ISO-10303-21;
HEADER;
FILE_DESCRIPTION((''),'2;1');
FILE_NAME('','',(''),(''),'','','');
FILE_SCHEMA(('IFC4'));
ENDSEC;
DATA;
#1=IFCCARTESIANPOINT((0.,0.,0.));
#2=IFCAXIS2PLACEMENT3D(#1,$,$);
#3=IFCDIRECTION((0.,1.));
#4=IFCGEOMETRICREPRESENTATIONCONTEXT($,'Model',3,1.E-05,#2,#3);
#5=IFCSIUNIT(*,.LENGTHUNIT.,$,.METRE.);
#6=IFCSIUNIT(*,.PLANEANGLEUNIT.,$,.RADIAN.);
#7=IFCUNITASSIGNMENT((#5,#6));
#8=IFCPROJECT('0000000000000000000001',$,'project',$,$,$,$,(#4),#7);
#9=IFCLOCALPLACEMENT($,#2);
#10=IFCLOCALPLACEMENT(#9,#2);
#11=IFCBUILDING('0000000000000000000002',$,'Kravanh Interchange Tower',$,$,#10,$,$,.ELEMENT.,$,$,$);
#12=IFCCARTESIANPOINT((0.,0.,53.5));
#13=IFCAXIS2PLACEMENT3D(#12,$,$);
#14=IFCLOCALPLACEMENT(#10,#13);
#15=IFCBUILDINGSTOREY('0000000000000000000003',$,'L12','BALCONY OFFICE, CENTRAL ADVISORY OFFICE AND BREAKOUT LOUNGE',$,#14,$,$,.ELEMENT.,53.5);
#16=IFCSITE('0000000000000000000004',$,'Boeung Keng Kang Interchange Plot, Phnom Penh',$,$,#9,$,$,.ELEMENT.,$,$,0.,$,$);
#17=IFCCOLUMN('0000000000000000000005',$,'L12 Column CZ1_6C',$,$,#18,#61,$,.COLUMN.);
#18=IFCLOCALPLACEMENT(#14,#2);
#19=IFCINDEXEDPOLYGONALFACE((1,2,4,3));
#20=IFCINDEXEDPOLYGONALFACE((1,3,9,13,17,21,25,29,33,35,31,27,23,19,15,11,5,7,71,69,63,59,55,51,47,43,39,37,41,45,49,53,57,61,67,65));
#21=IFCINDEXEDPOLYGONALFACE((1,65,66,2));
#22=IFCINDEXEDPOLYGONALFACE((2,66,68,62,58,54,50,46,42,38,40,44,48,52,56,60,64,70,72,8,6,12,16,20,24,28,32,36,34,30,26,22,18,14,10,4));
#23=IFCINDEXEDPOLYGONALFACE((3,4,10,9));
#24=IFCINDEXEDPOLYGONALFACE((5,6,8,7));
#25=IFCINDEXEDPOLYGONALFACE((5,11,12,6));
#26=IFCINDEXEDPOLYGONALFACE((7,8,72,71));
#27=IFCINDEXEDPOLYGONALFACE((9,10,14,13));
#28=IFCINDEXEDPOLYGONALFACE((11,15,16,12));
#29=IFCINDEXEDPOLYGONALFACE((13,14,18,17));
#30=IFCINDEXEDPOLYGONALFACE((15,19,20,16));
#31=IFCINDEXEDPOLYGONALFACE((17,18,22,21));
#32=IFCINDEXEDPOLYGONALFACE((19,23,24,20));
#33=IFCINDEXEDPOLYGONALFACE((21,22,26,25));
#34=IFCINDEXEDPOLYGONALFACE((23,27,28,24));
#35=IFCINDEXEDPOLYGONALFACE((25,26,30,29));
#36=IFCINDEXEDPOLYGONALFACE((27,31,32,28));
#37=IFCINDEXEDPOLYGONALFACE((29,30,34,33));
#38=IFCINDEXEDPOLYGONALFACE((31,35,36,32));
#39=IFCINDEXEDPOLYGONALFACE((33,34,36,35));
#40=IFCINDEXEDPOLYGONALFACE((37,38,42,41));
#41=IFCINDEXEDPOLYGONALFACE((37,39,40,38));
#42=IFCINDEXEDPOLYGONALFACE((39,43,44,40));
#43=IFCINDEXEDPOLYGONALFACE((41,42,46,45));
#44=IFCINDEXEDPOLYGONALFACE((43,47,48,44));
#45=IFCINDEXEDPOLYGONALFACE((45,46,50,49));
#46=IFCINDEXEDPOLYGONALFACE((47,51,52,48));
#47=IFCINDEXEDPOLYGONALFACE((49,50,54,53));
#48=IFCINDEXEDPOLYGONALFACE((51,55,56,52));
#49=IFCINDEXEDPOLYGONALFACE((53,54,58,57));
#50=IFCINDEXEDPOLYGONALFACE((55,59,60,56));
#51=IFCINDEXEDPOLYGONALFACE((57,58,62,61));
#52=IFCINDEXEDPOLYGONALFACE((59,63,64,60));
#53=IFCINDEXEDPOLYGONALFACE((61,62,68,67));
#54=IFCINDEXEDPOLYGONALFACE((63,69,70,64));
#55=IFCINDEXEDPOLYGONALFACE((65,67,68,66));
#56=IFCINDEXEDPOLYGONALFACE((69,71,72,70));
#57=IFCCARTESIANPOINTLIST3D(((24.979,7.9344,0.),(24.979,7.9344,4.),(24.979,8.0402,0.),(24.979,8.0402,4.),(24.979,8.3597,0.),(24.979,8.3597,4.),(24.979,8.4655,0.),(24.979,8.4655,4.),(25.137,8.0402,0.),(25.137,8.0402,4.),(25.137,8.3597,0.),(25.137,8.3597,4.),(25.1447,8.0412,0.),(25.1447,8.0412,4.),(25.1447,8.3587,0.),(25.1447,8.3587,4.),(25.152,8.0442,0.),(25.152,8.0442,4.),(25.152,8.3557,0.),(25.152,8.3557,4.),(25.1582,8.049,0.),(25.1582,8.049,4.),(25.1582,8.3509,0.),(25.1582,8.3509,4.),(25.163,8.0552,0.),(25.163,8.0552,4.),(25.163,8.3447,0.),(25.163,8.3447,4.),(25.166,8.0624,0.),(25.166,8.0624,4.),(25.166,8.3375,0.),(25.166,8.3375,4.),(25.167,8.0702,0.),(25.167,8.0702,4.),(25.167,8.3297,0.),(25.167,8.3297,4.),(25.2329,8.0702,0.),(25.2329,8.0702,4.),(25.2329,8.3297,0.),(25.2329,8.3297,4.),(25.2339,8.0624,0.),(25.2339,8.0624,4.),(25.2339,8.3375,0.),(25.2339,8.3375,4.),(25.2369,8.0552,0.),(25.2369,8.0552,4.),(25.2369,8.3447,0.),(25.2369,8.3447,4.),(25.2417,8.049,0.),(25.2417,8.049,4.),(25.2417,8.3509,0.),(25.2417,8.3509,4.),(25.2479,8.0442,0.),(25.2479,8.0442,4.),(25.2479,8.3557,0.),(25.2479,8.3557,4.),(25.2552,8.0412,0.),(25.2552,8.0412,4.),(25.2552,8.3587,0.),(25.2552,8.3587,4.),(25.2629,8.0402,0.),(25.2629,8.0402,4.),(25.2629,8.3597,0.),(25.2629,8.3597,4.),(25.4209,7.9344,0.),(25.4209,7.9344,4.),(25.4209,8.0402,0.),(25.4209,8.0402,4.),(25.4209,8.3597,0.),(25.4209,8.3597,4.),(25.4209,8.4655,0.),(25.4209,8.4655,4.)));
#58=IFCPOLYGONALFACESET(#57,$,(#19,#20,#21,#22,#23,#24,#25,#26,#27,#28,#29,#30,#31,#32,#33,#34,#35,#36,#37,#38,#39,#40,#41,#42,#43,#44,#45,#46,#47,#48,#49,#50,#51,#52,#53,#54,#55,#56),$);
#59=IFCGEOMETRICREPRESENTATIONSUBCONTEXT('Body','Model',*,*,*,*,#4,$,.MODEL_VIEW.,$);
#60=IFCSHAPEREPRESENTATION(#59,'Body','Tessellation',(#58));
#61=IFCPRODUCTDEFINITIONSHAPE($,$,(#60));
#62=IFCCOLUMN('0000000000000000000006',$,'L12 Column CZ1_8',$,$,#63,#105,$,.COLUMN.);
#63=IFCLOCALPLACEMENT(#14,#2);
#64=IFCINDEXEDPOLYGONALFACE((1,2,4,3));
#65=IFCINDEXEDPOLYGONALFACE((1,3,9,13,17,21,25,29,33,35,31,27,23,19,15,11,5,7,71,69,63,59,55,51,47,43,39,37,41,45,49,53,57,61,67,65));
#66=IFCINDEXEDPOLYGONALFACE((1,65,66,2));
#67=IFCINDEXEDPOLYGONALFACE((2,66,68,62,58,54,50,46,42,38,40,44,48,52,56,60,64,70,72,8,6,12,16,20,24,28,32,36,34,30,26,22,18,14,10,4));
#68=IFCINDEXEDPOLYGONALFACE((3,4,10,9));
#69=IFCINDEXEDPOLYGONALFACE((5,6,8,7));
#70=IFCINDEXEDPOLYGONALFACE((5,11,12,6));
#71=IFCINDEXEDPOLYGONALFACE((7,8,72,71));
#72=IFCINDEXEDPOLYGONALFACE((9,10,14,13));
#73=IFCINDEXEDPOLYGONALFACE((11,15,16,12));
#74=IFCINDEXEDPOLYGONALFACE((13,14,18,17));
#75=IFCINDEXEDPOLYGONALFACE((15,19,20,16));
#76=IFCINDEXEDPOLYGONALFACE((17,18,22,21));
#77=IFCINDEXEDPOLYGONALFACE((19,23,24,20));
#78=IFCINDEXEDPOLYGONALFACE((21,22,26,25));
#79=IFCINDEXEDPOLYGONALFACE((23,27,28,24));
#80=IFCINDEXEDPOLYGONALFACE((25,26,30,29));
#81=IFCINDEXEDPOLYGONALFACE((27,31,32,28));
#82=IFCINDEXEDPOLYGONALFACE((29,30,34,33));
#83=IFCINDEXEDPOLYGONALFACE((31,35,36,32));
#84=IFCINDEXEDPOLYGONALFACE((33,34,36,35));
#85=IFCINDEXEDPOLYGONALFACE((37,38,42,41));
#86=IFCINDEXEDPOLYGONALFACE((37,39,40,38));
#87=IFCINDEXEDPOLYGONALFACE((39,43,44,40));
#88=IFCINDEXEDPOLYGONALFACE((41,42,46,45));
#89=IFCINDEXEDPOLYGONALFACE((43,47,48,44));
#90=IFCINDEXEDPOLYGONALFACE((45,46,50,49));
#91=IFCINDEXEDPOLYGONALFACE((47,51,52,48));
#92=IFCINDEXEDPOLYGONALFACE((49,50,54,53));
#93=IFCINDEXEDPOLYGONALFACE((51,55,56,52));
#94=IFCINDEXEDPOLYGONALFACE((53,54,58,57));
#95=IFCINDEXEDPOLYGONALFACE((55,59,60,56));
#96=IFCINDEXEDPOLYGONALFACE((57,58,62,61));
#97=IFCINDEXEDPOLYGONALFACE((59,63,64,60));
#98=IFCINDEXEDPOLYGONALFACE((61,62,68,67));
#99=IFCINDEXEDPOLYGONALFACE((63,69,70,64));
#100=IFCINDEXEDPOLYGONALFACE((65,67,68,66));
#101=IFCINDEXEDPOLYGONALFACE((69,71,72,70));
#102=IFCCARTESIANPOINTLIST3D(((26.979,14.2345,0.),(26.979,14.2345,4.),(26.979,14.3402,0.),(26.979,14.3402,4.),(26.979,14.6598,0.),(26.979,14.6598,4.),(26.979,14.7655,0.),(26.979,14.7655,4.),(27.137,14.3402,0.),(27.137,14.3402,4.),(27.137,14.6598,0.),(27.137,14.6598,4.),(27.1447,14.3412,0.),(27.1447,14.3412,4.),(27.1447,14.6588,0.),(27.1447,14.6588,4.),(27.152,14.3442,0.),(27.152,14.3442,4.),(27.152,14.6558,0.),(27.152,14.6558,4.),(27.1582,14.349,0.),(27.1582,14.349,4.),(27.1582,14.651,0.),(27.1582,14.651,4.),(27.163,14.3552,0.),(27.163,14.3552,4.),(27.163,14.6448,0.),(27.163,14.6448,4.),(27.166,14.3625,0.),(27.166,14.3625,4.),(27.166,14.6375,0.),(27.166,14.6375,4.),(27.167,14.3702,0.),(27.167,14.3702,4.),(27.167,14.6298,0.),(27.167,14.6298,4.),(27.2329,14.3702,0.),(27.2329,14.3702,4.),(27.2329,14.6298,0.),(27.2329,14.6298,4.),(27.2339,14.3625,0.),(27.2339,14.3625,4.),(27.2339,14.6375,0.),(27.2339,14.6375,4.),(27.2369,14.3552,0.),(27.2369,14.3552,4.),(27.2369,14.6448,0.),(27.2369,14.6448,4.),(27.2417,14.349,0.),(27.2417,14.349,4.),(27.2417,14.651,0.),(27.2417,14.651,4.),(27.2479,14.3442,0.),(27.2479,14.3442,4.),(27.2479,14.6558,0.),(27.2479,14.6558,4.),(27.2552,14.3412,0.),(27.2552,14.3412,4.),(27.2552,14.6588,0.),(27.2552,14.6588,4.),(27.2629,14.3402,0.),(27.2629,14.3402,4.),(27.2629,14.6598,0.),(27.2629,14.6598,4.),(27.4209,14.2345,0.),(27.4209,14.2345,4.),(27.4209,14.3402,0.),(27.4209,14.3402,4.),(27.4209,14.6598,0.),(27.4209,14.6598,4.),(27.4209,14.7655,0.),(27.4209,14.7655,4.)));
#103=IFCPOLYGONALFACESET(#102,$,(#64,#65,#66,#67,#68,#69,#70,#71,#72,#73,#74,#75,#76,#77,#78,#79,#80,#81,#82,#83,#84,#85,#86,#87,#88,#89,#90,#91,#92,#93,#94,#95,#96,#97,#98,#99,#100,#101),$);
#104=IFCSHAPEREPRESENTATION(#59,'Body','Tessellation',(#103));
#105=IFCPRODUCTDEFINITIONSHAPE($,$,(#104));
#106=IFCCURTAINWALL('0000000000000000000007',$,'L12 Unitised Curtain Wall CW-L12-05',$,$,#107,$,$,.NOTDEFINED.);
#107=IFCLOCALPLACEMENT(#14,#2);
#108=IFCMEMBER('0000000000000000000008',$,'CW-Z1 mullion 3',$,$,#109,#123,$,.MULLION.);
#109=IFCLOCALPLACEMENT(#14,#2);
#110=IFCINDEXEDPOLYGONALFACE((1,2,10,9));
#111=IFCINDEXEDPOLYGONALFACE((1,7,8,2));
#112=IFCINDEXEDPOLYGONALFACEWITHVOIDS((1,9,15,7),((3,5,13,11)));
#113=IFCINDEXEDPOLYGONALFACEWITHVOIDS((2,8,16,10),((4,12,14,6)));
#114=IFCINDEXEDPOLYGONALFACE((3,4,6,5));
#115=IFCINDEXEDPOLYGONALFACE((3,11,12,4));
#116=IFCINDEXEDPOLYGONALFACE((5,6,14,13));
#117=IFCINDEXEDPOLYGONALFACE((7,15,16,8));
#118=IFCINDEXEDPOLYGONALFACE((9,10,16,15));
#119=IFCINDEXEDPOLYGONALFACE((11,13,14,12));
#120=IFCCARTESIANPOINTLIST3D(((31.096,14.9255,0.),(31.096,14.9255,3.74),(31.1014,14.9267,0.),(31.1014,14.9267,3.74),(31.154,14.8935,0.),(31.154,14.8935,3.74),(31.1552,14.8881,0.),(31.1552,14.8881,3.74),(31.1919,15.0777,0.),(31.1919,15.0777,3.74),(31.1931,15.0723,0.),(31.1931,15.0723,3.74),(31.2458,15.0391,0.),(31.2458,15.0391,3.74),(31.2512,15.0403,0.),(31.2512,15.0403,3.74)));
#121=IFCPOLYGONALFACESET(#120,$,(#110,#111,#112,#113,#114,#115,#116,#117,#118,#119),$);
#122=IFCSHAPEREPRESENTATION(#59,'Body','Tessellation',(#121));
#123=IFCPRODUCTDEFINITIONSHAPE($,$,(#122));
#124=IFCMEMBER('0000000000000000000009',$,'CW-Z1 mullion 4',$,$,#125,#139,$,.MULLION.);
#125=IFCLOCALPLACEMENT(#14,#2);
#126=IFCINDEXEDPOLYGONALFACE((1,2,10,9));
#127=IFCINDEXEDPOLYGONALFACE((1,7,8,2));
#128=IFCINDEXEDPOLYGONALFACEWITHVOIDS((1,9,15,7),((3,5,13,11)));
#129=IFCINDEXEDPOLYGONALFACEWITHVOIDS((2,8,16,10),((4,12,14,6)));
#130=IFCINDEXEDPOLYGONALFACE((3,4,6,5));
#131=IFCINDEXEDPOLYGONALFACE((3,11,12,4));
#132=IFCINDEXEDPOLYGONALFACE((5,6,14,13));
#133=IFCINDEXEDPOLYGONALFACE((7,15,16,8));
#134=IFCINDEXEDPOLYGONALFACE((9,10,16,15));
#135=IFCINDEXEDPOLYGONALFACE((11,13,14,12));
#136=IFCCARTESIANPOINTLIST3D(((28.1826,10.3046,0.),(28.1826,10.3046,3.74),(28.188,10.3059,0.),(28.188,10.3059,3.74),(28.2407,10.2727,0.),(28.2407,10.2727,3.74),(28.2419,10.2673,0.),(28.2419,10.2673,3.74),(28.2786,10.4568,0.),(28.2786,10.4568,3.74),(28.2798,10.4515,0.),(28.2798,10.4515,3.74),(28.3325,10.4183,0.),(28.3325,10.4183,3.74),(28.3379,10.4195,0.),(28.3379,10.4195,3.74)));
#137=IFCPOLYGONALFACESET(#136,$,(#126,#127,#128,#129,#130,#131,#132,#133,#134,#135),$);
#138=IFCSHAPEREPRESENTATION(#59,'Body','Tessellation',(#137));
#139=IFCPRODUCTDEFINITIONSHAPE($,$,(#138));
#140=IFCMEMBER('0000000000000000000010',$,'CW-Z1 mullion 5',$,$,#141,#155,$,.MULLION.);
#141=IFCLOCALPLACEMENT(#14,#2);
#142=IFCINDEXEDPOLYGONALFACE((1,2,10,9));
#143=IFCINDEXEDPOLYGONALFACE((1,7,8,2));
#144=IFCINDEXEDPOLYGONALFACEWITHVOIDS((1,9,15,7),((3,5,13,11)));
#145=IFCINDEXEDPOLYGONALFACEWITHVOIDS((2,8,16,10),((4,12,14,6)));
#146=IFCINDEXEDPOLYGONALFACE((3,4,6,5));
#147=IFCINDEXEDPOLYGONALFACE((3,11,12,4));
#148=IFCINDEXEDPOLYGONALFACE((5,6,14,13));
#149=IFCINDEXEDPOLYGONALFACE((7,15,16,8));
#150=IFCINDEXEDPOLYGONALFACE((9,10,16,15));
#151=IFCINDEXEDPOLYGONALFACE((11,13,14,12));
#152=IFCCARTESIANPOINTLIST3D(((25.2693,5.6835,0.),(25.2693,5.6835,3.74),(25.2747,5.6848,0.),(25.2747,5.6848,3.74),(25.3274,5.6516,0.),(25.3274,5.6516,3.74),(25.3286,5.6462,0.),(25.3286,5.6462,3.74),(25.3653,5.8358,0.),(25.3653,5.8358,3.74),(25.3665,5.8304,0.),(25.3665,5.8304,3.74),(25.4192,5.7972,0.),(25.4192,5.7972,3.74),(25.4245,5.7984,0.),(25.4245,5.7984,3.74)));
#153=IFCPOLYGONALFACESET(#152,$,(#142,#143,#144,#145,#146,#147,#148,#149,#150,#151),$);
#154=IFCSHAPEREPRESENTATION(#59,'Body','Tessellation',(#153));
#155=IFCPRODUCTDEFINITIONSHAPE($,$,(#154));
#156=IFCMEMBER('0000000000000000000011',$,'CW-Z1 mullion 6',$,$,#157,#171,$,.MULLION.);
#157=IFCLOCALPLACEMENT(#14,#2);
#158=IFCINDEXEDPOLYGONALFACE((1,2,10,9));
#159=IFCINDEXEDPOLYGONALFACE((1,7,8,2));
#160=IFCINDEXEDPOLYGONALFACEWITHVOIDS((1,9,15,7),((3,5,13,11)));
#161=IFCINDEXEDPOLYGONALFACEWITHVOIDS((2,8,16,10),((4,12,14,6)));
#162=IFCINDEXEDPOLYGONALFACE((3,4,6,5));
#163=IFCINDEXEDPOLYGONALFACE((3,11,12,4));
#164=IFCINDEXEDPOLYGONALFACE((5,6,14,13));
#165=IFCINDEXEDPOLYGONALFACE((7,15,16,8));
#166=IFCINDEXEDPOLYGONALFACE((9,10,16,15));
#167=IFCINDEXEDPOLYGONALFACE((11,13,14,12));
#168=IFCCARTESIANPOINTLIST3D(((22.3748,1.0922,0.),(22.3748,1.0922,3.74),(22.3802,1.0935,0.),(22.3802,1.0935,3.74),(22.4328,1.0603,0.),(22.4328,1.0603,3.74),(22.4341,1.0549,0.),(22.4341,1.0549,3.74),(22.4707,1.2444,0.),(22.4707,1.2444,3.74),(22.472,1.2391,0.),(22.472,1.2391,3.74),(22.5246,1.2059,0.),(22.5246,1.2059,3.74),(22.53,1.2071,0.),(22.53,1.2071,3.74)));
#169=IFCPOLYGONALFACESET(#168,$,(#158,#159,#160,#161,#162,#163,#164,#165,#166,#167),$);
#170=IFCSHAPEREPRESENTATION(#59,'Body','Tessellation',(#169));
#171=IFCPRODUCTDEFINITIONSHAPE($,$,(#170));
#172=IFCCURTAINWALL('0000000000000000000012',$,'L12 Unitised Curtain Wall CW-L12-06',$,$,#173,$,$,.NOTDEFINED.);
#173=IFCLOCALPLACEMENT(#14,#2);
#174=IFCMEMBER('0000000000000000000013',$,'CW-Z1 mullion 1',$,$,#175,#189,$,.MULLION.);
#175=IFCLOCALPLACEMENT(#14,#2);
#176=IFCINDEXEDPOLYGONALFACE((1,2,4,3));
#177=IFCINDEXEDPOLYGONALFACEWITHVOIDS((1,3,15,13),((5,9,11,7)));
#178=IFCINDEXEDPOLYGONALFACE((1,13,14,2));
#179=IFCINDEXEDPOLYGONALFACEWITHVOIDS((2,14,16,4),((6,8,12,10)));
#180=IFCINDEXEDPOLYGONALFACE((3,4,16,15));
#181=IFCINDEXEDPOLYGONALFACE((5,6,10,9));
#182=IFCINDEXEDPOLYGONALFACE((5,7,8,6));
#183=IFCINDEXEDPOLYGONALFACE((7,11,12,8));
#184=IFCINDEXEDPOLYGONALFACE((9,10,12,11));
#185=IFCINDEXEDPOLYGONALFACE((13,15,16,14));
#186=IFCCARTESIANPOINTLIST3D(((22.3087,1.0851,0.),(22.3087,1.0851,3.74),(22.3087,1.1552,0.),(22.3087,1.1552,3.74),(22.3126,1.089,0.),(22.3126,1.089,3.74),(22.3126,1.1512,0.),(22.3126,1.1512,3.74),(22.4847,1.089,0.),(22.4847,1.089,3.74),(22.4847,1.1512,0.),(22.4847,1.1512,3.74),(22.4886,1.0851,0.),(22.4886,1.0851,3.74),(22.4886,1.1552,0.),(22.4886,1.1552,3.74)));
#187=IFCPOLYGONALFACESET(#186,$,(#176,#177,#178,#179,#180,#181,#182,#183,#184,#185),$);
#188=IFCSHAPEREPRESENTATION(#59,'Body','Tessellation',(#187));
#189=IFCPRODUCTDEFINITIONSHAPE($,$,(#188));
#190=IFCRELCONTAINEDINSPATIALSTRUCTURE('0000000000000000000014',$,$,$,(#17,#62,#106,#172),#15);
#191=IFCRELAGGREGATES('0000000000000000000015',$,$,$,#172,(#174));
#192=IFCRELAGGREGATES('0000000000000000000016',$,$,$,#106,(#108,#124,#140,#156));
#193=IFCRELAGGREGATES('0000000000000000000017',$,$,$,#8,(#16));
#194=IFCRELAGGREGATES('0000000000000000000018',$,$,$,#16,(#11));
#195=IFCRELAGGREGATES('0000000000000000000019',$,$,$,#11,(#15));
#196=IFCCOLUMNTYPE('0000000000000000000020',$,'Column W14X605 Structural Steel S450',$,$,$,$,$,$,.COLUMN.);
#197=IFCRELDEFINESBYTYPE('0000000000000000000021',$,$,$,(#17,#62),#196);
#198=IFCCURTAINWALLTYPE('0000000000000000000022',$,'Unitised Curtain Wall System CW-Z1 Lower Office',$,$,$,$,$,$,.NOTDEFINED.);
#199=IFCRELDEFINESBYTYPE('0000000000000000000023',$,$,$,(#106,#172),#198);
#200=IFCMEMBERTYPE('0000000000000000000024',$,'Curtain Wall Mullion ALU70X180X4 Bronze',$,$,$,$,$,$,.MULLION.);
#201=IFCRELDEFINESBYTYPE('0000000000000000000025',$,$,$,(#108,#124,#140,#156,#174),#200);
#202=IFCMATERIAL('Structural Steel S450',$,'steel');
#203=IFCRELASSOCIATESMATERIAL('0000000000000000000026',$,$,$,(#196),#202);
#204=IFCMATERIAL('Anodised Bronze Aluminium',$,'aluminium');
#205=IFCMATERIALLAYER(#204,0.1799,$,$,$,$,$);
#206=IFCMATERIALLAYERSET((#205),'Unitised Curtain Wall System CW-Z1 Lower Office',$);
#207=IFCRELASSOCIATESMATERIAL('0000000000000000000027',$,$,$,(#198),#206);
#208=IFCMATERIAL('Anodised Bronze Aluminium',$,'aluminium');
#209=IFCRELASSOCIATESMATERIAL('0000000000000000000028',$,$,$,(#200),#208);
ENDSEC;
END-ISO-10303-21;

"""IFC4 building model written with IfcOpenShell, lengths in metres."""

from ifc_helpers import new_model, si_unit, direction, frame, origin, origin_2d, place, context, subcontext, project, spatial, hollow_rectangle, i_section, extrude, material, layer, layer_set, material_profile, profile_set, type_object, element, aggregate, save


model = new_model("IFC4")

# Units and contexts
model_context = context("Model", 3, precision=1e-05, world=origin(), true_north=direction((0.0, 1.0)))
body_context = subcontext(model_context, "Body", "Model", "MODEL_VIEW")
ifc_project = project(units=[si_unit("LENGTHUNIT", "METRE"), si_unit("PLANEANGLEUNIT", "RADIAN")], contexts=[model_context])

# Site, building, storey
site_placement = place(None, origin())
site = spatial("IfcSite", under=ifc_project, at=site_placement, Name="Boeung Keng Kang Interchange Plot, Phnom Penh", CompositionType="ELEMENT", RefElevation=0.0)
building_placement = place(site_placement, origin())
building = spatial("IfcBuilding", under=site, at=building_placement, Name="Kravanh Interchange Tower", CompositionType="ELEMENT")
storey_placement = place(building_placement, frame((0.0, 0.0, 53.5)))
storey = spatial("IfcBuildingStorey", under=building, at=storey_placement, Name="L12", Description="BALCONY OFFICE, CENTRAL ADVISORY OFFICE AND BREAKOUT LOUNGE", CompositionType="ELEMENT", Elevation=53.5)

# Columns
ifc_material_1 = material(Name="Structural Steel S450", Category="steel")
ifc_material_profile_1 = material_profile(ifc_material_1, i_section(OverallWidth=0.4419, OverallDepth=0.531, WebThickness=0.0659, FlangeThickness=0.1057, FilletRadius=0.03, at=origin_2d()), Name="W14X605")
ifc_profile_set_1 = profile_set([ifc_material_profile_1], Name="Structural Steel S450")
column_type = type_object("IfcColumnType", Name="Column W14X605 Structural Steel S450", PredefinedType="COLUMN", material=ifc_profile_set_1)
for number, where, z_axis, x_axis, name in (
    (1, (25.2, 8.2, 0.0), (0.0, 0.0, 1.0), (1.0, 0.0, 0.0), "L12 Column CZ1_6C"),
    (2, (27.2, 14.5, 0.0), (0.0, 0.0, 1.0), (1.0, 0.0, 0.0), "L12 Column CZ1_8"),
):
    element("IfcColumn", number, at=place(storey_placement, frame(where, z_axis=z_axis, x_axis=x_axis)), inside=storey, type_object=column_type, Name=name, PredefinedType="COLUMN", context=body_context, shape_type="SweptSolid", body=[
        extrude(i_section(OverallWidth=0.4419, OverallDepth=0.531, WebThickness=0.0659, FlangeThickness=0.1057, FilletRadius=0.03, at=origin_2d()), origin(), (0.0, 0.0, 1.0), 4.0),
    ])

# Curtain wall, members
ifc_material_2 = material(Name="Anodised Bronze Aluminium", Category="aluminium")
ifc_layer_1 = layer(ifc_material_2, 0.1799)
ifc_layer_set_1 = layer_set([ifc_layer_1], Name="Unitised Curtain Wall System CW-Z1 Lower Office")
curtain_wall_type = type_object("IfcCurtainWallType", Name="Unitised Curtain Wall System CW-Z1 Lower Office", PredefinedType="NOTDEFINED", material=ifc_layer_set_1)
curtain_wall_1_placement = place(storey_placement, origin())
curtain_wall_1 = element("IfcCurtainWall", 3, at=curtain_wall_1_placement, inside=storey, type_object=curtain_wall_type, Name="L12 Unitised Curtain Wall CW-L12-05", PredefinedType="NOTDEFINED")
ifc_material_3 = material(Name="Anodised Bronze Aluminium", Category="aluminium")
ifc_material_profile_2 = material_profile(ifc_material_3, hollow_rectangle(XDim=0.0701, YDim=0.1799, WallThickness=0.0039, at=origin_2d()), Name="ALU70X180X4")
ifc_profile_set_2 = profile_set([ifc_material_profile_2], Name="Anodised Bronze Aluminium")
member_type_1 = type_object("IfcMemberType", Name="Curtain Wall Mullion ALU70X180X4 Bronze", PredefinedType="MULLION", material=ifc_profile_set_2)
member_1_placement = place(storey_placement, frame((31.1736, 14.9829, 0.0), z_axis=(0.0, 0.0, 1.0), x_axis=(0.845926, -0.533301, 0.0)))
member_1 = element("IfcMember", 4, at=member_1_placement, type_object=member_type_1, Name="CW-Z1 mullion 3", PredefinedType="MULLION", context=body_context, shape_type="SweptSolid", body=[
    extrude(hollow_rectangle(XDim=0.0701, YDim=0.1799, WallThickness=0.0039, at=origin_2d()), origin(), (0.0, 0.0, 1.0), 3.74),
])
member_2_placement = place(storey_placement, frame((28.2603, 10.3621, 0.0), z_axis=(0.0, 0.0, 1.0), x_axis=(0.845926, -0.533301, 0.0)))
member_2 = element("IfcMember", 5, at=member_2_placement, type_object=member_type_1, Name="CW-Z1 mullion 4", PredefinedType="MULLION", context=body_context, shape_type="SweptSolid", body=[
    extrude(hollow_rectangle(XDim=0.0701, YDim=0.1799, WallThickness=0.0039, at=origin_2d()), origin(), (0.0, 0.0, 1.0), 3.74),
])
member_3_placement = place(storey_placement, frame((25.3469, 5.741, 0.0), z_axis=(0.0, 0.0, 1.0), x_axis=(0.845926, -0.533301, 0.0)))
member_3 = element("IfcMember", 6, at=member_3_placement, type_object=member_type_1, Name="CW-Z1 mullion 5", PredefinedType="MULLION", context=body_context, shape_type="SweptSolid", body=[
    extrude(hollow_rectangle(XDim=0.0701, YDim=0.1799, WallThickness=0.0039, at=origin_2d()), origin(), (0.0, 0.0, 1.0), 3.74),
])
member_4_placement = place(storey_placement, frame((22.4524, 1.1497, 0.0), z_axis=(0.0, 0.0, 1.0), x_axis=(0.845926, -0.533301, 0.0)))
member_4 = element("IfcMember", 7, at=member_4_placement, type_object=member_type_1, Name="CW-Z1 mullion 6", PredefinedType="MULLION", context=body_context, shape_type="SweptSolid", body=[
    extrude(hollow_rectangle(XDim=0.0701, YDim=0.1799, WallThickness=0.0039, at=origin_2d()), origin(), (0.0, 0.0, 1.0), 3.74),
])

# Curtain wall, member
curtain_wall_2_placement = place(storey_placement, origin())
curtain_wall_2 = element("IfcCurtainWall", 8, at=curtain_wall_2_placement, inside=storey, type_object=curtain_wall_type, Name="L12 Unitised Curtain Wall CW-L12-06", PredefinedType="NOTDEFINED")
member_5_placement = place(storey_placement, frame((22.3987, 1.1201, 0.0), z_axis=(0.0, 0.0, 1.0), x_axis=(0.0, -1.0, 0.0)))
member_5 = element("IfcMember", 9, at=member_5_placement, type_object=member_type_1, Name="CW-Z1 mullion 1", PredefinedType="MULLION", context=body_context, shape_type="SweptSolid", body=[
    extrude(hollow_rectangle(XDim=0.0701, YDim=0.1799, WallThickness=0.0039, at=origin_2d()), origin(), (0.0, 0.0, 1.0), 3.74),
])

aggregate(curtain_wall_2, [member_5])

aggregate(curtain_wall_1, [member_1, member_2, member_3, member_4])

save(model, "model.ifc")
